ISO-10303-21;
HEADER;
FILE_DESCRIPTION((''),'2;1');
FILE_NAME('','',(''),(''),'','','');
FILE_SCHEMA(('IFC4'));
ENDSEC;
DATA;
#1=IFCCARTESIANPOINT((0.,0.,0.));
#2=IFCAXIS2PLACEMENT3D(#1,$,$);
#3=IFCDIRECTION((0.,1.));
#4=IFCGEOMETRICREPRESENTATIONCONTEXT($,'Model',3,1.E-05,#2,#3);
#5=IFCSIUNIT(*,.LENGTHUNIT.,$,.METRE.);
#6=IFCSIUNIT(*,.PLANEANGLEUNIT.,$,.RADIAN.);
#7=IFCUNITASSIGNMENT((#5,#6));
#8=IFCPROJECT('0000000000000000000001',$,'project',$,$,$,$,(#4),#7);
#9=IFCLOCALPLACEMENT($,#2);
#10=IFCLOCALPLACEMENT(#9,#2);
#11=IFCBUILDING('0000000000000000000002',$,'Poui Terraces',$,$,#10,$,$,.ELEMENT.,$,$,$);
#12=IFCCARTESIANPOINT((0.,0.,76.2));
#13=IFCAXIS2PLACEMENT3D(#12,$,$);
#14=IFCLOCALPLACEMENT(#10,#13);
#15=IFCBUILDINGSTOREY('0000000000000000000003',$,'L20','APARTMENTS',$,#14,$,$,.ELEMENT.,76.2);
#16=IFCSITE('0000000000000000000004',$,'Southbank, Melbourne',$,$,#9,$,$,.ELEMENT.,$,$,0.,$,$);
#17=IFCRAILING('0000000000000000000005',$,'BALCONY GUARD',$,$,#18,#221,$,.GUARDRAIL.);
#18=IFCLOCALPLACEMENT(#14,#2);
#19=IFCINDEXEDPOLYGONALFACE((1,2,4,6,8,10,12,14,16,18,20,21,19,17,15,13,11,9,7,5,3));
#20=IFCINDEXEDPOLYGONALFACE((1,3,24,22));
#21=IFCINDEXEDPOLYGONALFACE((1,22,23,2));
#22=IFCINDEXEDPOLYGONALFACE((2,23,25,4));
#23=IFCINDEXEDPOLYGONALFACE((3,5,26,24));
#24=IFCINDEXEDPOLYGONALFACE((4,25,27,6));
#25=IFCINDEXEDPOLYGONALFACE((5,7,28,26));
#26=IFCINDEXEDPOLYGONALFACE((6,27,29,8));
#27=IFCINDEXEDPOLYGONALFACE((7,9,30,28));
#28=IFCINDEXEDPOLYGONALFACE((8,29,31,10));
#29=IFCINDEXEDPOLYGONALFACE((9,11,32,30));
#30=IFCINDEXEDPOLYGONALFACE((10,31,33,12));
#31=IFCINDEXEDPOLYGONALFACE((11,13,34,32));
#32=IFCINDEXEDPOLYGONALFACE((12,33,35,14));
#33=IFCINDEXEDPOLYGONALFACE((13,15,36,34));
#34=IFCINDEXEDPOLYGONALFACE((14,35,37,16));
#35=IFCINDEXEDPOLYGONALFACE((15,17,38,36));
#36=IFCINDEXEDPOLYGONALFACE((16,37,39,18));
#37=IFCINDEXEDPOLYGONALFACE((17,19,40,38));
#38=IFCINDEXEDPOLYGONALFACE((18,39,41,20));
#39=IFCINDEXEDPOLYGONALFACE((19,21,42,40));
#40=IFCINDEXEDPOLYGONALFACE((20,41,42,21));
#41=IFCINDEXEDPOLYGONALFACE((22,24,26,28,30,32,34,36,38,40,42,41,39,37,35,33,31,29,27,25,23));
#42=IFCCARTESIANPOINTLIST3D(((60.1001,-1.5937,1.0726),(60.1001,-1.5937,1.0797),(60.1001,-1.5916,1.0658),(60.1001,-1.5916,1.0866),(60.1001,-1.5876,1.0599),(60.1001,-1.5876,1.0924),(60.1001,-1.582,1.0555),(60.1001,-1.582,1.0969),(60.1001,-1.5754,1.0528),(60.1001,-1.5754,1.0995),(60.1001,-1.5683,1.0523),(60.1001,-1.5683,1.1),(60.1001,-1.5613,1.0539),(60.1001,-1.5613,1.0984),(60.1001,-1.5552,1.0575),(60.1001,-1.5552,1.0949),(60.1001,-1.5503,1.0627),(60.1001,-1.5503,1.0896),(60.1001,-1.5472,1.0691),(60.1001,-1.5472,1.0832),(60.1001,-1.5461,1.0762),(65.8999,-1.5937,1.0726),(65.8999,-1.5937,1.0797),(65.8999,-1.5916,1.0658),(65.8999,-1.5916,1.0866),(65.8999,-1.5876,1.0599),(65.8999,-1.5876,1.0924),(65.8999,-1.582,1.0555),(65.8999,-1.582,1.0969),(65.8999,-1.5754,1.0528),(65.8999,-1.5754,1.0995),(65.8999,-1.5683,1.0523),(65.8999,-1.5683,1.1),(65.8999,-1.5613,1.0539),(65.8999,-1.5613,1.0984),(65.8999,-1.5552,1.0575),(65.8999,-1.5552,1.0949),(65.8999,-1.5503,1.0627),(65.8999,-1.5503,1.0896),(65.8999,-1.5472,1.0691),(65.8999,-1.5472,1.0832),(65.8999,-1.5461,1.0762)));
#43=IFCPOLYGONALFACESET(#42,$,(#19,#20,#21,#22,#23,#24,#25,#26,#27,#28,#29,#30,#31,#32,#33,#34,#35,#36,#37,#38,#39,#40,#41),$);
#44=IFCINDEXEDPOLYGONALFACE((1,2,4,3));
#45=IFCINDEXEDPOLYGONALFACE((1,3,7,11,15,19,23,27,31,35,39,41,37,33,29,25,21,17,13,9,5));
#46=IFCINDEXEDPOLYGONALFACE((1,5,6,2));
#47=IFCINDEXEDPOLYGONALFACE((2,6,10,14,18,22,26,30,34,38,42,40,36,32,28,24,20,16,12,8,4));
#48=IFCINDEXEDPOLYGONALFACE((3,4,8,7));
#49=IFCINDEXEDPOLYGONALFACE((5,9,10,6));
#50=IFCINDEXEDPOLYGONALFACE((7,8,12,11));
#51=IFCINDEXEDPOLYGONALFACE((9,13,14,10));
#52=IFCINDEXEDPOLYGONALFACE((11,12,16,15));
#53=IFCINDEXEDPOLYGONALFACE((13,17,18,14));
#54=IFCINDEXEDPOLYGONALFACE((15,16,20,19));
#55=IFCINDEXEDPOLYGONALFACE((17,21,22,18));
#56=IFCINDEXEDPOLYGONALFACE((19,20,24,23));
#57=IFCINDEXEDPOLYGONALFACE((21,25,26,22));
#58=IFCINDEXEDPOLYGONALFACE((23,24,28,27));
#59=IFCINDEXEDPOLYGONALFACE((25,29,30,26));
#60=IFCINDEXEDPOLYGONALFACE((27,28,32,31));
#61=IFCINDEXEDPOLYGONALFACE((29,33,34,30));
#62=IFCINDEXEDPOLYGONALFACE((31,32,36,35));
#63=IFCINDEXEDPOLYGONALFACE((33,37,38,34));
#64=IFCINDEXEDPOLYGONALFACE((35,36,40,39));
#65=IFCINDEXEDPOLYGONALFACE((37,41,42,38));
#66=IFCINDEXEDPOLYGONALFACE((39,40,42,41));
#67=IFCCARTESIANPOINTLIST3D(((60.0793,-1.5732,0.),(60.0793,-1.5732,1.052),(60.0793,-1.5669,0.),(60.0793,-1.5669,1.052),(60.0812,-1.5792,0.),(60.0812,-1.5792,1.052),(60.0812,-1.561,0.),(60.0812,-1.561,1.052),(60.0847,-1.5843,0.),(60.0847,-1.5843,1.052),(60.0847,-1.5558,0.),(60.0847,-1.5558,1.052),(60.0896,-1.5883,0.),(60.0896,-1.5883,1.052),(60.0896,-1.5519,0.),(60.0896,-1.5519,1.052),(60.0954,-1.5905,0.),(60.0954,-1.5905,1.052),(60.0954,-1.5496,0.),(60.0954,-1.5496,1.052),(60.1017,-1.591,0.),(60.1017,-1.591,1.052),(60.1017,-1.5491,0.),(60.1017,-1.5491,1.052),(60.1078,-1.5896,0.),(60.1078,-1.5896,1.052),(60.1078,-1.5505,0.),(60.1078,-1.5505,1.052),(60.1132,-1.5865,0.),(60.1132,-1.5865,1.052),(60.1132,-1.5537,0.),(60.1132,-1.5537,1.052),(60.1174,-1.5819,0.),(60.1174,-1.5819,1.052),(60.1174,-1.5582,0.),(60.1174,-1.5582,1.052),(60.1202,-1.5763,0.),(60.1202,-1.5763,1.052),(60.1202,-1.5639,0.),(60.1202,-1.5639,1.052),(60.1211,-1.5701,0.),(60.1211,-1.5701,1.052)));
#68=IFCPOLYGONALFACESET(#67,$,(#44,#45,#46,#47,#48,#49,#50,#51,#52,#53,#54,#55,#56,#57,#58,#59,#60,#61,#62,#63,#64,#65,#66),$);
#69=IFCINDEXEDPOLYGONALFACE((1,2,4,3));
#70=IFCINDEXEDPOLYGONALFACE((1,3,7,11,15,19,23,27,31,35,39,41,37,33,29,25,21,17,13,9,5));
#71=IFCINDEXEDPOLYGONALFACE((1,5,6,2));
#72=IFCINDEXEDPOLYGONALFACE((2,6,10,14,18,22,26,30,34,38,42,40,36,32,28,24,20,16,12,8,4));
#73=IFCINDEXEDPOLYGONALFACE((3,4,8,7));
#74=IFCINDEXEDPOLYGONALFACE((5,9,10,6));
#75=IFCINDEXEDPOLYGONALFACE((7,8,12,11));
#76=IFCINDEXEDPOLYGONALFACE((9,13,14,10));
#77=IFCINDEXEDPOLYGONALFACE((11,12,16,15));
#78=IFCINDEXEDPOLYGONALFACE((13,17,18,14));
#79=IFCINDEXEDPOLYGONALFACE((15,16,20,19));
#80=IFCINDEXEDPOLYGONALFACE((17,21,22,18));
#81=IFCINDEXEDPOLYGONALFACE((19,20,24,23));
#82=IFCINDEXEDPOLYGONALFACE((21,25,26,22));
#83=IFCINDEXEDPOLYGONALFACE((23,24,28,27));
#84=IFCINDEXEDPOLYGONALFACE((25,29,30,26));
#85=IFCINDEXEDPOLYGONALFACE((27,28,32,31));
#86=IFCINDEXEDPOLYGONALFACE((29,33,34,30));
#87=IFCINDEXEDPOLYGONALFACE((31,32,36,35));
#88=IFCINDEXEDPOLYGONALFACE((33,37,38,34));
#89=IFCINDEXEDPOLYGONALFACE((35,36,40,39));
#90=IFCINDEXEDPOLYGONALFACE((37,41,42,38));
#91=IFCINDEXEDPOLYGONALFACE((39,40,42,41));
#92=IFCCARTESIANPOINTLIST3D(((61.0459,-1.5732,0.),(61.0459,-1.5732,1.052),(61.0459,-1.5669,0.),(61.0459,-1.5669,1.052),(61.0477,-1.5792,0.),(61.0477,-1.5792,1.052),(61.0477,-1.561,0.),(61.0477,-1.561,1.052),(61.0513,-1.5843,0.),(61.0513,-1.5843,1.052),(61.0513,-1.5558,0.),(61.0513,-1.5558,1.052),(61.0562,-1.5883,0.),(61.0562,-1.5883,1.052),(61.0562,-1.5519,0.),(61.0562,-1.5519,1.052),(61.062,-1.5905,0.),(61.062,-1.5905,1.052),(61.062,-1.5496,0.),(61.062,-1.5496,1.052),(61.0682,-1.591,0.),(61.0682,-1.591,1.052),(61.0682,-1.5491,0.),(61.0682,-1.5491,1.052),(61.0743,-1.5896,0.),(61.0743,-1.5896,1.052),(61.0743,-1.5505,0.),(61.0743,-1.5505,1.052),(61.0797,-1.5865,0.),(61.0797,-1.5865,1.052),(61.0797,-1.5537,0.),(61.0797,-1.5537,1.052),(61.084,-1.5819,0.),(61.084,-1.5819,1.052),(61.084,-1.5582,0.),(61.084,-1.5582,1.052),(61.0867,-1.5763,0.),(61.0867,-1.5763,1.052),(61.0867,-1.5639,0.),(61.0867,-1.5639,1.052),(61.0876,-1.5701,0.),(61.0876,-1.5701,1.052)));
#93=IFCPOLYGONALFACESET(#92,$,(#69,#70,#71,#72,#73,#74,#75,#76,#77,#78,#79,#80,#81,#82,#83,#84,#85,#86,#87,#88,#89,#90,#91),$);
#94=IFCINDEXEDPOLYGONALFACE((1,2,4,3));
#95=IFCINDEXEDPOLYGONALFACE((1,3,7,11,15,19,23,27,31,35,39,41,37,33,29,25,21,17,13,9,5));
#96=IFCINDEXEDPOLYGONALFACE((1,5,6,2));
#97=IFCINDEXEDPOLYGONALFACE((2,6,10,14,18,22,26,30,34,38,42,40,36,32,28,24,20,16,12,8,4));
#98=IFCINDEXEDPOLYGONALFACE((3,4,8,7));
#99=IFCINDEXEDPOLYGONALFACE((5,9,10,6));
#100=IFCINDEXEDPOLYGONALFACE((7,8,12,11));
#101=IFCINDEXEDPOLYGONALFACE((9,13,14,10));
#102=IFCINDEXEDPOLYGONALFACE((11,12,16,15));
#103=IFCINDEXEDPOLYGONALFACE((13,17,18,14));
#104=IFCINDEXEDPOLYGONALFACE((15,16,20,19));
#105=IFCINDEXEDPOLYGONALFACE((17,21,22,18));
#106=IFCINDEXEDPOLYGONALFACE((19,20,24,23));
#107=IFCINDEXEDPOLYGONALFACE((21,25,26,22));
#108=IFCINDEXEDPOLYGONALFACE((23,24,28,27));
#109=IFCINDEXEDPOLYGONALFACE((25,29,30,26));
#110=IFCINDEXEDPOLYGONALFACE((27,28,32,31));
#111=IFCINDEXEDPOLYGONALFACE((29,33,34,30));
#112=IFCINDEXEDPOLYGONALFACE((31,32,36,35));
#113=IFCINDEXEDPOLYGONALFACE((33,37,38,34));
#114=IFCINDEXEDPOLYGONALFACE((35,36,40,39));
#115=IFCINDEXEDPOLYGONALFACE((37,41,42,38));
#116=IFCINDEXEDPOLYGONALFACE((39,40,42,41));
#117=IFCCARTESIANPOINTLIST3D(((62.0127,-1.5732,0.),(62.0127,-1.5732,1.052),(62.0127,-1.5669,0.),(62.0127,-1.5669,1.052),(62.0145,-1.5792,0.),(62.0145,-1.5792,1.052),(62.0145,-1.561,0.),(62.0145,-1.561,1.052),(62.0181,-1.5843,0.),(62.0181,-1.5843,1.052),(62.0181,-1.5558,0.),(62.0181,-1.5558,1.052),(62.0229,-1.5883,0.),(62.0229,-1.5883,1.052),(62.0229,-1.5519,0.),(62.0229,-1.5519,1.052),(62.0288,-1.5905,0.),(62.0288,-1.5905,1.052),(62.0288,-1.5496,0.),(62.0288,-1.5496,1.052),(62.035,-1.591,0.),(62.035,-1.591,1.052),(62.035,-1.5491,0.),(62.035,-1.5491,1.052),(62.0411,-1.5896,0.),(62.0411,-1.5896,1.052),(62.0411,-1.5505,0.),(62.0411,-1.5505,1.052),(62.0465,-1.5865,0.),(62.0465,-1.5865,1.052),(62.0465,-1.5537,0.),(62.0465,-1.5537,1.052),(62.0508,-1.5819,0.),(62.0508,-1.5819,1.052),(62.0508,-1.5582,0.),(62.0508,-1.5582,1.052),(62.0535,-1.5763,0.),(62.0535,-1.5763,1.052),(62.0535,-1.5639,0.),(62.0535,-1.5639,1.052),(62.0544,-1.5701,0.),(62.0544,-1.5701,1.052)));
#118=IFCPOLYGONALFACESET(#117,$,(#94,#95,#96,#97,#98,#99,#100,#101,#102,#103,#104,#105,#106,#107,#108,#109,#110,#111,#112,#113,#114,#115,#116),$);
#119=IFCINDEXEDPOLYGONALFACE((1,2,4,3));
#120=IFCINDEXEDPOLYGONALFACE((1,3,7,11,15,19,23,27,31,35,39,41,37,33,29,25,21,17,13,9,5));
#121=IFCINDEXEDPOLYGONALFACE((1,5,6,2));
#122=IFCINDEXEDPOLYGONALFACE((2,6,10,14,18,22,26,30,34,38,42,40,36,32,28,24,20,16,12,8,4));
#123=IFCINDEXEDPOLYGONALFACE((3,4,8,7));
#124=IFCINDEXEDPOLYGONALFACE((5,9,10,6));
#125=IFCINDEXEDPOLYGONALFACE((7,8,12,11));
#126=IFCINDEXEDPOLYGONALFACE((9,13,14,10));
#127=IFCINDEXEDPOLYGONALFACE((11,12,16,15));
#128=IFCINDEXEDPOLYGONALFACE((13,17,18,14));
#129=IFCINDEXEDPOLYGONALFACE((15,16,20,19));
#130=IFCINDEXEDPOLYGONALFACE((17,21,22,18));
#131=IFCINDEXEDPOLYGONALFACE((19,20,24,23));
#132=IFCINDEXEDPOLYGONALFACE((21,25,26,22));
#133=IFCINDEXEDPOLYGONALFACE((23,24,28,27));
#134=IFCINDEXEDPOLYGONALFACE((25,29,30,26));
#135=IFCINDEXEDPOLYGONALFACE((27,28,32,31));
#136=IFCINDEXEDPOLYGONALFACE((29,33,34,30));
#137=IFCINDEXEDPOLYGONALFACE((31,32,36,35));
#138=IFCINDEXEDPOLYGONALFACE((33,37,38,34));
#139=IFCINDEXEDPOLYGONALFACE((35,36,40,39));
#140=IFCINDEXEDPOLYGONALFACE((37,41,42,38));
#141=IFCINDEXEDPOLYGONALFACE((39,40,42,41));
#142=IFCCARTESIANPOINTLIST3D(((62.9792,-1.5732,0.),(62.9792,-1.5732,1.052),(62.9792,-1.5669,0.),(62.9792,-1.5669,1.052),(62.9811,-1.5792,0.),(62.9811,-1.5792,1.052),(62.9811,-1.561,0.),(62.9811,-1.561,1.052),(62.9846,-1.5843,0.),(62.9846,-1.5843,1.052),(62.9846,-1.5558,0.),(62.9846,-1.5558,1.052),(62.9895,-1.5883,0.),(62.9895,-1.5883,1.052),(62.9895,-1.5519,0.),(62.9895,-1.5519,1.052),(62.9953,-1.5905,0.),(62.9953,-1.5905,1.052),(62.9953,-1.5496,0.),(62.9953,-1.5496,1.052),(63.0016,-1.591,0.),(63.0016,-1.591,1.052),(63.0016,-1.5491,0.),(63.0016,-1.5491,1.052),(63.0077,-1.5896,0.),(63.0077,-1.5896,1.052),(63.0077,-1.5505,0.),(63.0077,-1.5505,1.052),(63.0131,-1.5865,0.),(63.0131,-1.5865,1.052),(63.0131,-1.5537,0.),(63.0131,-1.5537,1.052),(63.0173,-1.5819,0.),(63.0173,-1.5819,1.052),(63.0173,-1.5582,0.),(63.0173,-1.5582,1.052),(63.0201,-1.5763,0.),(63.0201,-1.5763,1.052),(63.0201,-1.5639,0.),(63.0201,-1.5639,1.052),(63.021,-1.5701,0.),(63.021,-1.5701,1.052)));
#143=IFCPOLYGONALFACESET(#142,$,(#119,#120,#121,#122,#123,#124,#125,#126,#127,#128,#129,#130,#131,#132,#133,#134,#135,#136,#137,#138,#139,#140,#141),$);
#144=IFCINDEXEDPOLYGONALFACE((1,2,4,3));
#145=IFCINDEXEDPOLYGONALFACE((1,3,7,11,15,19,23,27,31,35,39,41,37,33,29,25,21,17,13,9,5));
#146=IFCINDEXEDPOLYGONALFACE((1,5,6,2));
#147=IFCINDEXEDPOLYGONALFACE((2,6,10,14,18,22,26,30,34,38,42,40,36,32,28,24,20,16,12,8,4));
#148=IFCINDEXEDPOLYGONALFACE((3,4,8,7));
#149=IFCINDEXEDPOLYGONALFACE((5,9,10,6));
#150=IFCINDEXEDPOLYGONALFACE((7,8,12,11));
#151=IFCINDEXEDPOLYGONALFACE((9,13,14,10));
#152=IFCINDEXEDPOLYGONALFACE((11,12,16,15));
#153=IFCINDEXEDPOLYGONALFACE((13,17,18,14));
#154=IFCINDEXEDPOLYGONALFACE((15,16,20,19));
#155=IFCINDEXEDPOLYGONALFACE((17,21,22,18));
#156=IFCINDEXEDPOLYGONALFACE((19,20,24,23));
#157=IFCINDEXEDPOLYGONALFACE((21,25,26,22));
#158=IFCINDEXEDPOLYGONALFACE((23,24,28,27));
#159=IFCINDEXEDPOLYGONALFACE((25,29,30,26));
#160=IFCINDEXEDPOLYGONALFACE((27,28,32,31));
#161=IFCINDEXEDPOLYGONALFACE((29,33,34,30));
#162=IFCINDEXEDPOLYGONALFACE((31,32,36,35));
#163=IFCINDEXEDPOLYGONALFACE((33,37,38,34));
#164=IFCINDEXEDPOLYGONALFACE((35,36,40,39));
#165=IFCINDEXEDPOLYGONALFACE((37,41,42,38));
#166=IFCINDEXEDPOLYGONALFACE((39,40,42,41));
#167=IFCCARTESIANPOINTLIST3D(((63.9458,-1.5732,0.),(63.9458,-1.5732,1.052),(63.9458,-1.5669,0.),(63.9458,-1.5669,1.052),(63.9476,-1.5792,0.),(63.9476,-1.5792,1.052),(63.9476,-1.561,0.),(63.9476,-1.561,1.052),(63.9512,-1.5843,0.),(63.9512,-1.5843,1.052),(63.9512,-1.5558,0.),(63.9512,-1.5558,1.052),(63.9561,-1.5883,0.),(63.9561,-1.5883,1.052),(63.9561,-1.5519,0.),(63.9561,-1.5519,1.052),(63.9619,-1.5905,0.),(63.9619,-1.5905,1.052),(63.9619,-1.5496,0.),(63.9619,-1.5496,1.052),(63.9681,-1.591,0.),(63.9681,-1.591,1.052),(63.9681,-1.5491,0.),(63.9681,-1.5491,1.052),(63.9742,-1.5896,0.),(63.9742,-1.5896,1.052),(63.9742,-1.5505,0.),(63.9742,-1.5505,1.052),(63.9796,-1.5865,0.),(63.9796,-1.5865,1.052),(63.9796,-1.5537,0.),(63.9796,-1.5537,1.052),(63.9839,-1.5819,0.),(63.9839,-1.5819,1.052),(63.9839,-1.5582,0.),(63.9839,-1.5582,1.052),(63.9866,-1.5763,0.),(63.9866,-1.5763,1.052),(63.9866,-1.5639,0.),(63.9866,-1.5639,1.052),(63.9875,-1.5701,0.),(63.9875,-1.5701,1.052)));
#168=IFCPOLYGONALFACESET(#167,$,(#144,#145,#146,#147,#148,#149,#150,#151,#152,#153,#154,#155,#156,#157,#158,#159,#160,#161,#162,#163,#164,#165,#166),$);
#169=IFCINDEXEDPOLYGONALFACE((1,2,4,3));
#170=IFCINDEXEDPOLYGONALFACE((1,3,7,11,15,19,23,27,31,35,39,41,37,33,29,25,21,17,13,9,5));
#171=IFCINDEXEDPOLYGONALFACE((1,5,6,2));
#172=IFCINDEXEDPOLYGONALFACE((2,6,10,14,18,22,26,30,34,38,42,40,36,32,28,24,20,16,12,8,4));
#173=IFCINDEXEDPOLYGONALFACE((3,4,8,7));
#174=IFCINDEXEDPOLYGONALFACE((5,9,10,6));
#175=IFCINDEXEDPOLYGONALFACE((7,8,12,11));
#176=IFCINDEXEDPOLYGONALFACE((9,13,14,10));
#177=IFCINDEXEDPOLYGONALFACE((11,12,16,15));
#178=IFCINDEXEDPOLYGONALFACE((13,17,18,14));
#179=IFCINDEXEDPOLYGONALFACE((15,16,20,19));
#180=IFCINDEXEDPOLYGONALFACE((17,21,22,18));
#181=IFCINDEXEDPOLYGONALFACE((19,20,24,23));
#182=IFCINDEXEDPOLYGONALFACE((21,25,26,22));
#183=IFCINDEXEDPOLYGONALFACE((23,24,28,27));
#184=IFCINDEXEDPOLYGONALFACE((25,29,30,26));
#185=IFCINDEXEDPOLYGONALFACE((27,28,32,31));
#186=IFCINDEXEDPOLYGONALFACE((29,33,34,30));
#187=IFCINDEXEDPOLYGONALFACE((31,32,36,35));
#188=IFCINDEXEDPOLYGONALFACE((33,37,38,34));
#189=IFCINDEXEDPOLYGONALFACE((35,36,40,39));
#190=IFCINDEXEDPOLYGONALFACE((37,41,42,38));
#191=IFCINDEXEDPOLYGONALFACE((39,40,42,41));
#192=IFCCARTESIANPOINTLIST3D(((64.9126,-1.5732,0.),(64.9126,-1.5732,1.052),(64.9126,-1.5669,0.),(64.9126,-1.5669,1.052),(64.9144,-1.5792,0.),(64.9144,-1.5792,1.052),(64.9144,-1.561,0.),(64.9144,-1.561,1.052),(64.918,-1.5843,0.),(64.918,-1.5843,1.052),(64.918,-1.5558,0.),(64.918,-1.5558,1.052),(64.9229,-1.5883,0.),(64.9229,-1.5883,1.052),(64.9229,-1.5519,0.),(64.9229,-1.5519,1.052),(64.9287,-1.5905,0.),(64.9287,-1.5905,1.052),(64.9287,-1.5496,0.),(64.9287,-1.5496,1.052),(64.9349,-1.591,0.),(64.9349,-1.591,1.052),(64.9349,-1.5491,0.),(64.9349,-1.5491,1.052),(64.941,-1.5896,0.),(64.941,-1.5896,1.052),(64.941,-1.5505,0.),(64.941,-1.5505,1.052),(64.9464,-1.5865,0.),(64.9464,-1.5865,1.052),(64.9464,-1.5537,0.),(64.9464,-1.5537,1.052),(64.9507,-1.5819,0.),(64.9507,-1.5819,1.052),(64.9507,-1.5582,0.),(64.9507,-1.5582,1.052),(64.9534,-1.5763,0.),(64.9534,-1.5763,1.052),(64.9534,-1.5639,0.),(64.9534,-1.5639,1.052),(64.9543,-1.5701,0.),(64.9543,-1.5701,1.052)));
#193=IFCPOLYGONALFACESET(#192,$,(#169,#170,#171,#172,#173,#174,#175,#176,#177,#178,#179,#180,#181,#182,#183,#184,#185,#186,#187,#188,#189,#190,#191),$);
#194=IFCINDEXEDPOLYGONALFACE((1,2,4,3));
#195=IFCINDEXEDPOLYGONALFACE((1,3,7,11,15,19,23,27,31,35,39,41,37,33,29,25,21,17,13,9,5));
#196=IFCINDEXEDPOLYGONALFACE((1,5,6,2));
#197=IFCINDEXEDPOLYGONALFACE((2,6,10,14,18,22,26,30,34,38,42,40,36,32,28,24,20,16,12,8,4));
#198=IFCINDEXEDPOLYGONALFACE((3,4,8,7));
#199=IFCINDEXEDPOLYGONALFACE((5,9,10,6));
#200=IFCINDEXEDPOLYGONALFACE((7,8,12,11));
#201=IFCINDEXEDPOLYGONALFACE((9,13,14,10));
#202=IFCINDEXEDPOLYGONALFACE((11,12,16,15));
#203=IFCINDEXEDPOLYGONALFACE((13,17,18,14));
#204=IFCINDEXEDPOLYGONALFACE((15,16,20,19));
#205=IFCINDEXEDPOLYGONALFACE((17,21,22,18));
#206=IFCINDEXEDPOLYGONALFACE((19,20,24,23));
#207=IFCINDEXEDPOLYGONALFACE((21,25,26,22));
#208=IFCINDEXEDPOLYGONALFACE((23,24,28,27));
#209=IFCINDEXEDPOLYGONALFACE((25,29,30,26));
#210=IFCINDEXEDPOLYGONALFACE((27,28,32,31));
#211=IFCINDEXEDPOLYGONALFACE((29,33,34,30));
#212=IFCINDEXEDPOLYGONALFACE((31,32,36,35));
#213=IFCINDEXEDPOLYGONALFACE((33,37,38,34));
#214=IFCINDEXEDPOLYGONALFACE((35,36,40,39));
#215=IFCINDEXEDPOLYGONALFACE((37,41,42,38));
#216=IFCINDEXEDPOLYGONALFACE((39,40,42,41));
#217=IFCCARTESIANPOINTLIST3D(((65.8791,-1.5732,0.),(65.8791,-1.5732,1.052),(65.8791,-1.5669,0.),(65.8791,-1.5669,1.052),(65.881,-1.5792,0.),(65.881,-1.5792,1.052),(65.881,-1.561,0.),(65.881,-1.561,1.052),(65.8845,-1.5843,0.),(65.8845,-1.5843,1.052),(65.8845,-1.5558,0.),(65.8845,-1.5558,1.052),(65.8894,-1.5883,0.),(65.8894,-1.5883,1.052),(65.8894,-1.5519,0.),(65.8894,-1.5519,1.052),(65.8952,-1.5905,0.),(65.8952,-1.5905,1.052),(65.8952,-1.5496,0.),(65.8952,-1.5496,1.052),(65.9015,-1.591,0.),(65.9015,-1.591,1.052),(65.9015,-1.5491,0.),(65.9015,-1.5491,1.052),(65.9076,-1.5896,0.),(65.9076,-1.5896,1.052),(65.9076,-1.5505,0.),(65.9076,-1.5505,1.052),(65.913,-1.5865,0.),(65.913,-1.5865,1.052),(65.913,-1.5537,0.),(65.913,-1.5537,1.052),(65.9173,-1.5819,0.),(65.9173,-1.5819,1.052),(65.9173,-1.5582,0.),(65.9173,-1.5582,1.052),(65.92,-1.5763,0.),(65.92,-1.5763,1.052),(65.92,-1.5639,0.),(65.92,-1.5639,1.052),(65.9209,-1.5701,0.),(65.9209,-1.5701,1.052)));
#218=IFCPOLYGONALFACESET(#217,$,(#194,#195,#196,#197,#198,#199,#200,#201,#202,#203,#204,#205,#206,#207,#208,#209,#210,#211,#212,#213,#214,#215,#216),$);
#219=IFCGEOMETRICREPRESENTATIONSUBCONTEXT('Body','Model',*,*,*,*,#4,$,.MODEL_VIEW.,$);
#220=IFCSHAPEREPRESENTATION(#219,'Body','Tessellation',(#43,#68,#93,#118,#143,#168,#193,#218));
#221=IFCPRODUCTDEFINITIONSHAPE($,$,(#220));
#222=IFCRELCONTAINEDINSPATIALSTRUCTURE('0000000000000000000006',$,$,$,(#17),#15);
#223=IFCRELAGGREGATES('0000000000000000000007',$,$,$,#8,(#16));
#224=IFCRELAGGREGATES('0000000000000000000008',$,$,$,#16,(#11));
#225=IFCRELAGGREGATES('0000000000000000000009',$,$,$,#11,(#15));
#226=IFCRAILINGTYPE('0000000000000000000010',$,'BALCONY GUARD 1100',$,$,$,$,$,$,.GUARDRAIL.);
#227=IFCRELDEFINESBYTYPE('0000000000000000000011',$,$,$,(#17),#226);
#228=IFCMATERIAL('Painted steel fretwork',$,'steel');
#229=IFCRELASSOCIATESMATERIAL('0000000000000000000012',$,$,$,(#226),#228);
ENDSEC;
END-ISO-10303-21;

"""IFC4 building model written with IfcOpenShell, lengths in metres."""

from ifc_helpers import new_model, si_unit, direction, frame, origin, origin_2d, place, context, subcontext, project, spatial, circle, extrude, material, type_object, element, save


model = new_model("IFC4")

# Units and contexts
model_context = context("Model", 3, precision=1e-05, world=origin(), true_north=direction((0.0, 1.0)))
body_context = subcontext(model_context, "Body", "Model", "MODEL_VIEW")
ifc_project = project(units=[si_unit("LENGTHUNIT", "METRE"), si_unit("PLANEANGLEUNIT", "RADIAN")], contexts=[model_context])

# Site, building, storey
site_placement = place(None, origin())
site = spatial("IfcSite", under=ifc_project, at=site_placement, Name="Southbank, Melbourne", CompositionType="ELEMENT", RefElevation=0.0)
building_placement = place(site_placement, origin())
building = spatial("IfcBuilding", under=site, at=building_placement, Name="Poui Terraces", CompositionType="ELEMENT")
storey_placement = place(building_placement, frame((0.0, 0.0, 76.2)))
storey = spatial("IfcBuildingStorey", under=building, at=storey_placement, Name="L20", Description="APARTMENTS", CompositionType="ELEMENT", Elevation=76.2)

# Railing
ifc_material_1 = material(Name="Painted steel fretwork", Category="steel")
railing_type = type_object("IfcRailingType", Name="BALCONY GUARD 1100", PredefinedType="GUARDRAIL", material=ifc_material_1)
railing_placement = place(storey_placement, frame((60.1001, -1.5701, 0.0)))
element("IfcRailing", 1, at=railing_placement, inside=storey, type_object=railing_type, Name="BALCONY GUARD", PredefinedType="GUARDRAIL", context=body_context, shape_type="SweptSolid", body=[
    extrude(circle(Radius=0.0239, at=origin_2d()), frame((0.0, 0.0, 1.0762), z_axis=(1.0, 0.0, 0.0), x_axis=(0.0, 1.0, 0.0)), (0.0, 0.0, 1.0), 5.7998),
    extrude(circle(Radius=0.021, at=origin_2d()), origin(), (0.0, 0.0, 1.0), 1.052),
    extrude(circle(Radius=0.021, at=origin_2d()), frame((0.9666, 0.0, 0.0)), (0.0, 0.0, 1.0), 1.052),
    extrude(circle(Radius=0.021, at=origin_2d()), frame((1.9333, 0.0, 0.0)), (0.0, 0.0, 1.0), 1.052),
    extrude(circle(Radius=0.021, at=origin_2d()), frame((2.8999, 0.0, 0.0)), (0.0, 0.0, 1.0), 1.052),
    extrude(circle(Radius=0.021, at=origin_2d()), frame((3.8665, 0.0, 0.0)), (0.0, 0.0, 1.0), 1.052),
    extrude(circle(Radius=0.021, at=origin_2d()), frame((4.8333, 0.0, 0.0)), (0.0, 0.0, 1.0), 1.052),
    extrude(circle(Radius=0.021, at=origin_2d()), frame((5.7998, 0.0, 0.0)), (0.0, 0.0, 1.0), 1.052),
])

save(model, "model.ifc")
